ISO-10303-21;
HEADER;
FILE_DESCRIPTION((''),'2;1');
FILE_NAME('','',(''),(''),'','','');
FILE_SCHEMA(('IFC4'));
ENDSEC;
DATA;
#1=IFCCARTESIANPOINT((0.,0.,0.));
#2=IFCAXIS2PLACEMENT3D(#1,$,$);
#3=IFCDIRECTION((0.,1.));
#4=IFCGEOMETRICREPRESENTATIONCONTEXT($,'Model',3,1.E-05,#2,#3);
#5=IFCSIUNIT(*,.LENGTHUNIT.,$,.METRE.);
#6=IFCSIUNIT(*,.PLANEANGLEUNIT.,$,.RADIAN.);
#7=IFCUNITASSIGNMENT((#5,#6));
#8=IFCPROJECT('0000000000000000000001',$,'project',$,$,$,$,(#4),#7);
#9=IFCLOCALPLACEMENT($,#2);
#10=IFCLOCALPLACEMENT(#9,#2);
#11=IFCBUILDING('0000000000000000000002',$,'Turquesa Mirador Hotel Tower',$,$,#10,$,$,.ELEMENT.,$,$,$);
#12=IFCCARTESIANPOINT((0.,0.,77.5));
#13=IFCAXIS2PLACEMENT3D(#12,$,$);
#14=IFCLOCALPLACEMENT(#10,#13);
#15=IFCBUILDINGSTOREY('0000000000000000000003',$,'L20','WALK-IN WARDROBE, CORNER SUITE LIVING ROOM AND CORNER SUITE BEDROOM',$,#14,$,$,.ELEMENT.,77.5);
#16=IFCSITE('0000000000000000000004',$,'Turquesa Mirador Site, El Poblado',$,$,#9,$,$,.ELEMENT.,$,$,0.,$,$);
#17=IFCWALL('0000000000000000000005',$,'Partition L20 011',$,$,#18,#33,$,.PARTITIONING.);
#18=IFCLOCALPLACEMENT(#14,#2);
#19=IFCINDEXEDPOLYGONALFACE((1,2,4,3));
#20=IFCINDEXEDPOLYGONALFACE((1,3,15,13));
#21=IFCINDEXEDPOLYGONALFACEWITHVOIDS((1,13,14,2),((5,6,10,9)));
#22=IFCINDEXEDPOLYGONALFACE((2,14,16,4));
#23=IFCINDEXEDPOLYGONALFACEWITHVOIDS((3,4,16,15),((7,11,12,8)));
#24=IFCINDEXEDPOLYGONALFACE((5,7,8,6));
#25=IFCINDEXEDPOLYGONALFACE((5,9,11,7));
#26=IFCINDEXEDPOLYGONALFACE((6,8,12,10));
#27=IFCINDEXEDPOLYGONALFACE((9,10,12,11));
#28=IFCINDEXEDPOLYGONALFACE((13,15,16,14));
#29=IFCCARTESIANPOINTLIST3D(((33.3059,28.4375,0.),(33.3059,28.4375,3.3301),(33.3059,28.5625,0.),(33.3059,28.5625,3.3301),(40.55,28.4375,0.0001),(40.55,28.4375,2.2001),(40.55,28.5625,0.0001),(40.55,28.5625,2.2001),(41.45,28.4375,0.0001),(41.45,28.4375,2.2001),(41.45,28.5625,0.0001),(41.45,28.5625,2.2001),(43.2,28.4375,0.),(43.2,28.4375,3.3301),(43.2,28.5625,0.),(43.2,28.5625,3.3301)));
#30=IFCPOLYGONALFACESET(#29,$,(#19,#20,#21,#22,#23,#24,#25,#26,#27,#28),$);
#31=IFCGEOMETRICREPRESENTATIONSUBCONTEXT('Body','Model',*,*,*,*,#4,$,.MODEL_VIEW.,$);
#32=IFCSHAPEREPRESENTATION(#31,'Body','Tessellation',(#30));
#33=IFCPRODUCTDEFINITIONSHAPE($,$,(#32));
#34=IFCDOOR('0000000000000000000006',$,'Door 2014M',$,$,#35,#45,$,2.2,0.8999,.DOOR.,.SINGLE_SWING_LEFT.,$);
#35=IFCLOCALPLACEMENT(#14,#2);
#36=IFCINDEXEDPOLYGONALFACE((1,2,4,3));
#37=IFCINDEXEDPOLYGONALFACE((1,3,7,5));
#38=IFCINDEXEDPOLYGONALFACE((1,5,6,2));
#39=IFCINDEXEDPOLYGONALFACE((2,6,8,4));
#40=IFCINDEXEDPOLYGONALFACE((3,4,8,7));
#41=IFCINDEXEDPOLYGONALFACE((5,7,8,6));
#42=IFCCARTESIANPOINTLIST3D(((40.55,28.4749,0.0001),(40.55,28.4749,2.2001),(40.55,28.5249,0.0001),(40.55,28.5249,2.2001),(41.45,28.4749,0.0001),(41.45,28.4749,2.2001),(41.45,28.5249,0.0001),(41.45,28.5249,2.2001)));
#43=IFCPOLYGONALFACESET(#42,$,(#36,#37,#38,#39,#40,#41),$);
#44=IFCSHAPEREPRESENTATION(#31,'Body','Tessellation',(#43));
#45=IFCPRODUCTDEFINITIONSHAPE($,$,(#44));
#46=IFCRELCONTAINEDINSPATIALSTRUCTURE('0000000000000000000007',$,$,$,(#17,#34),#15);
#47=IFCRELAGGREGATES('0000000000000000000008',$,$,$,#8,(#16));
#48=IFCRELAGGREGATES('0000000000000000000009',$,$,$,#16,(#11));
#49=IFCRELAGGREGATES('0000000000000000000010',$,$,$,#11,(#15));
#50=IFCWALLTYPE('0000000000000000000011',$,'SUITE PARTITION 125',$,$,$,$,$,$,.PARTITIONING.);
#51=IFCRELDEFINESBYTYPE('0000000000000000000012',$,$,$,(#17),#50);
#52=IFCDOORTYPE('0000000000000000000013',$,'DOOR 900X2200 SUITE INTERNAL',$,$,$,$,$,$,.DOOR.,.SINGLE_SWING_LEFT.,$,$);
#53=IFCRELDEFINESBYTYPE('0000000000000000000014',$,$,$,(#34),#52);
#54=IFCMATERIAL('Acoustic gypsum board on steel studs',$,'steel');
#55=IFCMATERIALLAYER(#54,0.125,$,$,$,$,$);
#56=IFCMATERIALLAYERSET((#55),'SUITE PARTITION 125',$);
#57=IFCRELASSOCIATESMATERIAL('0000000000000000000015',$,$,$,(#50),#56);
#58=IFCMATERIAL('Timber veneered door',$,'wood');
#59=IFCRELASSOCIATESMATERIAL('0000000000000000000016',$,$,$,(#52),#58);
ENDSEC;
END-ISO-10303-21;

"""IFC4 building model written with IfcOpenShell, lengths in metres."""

from ifc_helpers import new_model, si_unit, direction, frame, frame_2d, origin, place, context, subcontext, project, spatial, rectangle, extrude, material, layer, layer_set, type_object, element, fill, save


model = new_model("IFC4")

# Units and contexts
model_context = context("Model", 3, precision=1e-05, world=origin(), true_north=direction((0.0, 1.0)))
body_context = subcontext(model_context, "Body", "Model", "MODEL_VIEW")
ifc_project = project(units=[si_unit("LENGTHUNIT", "METRE"), si_unit("PLANEANGLEUNIT", "RADIAN")], contexts=[model_context])

# Site, building, storey
site_placement = place(None, origin())
site = spatial("IfcSite", under=ifc_project, at=site_placement, Name="Turquesa Mirador Site, El Poblado", CompositionType="ELEMENT", RefElevation=0.0)
building_placement = place(site_placement, origin())
building = spatial("IfcBuilding", under=site, at=building_placement, Name="Turquesa Mirador Hotel Tower", CompositionType="ELEMENT")
storey_placement = place(building_placement, frame((0.0, 0.0, 77.5)))
storey = spatial("IfcBuildingStorey", under=building, at=storey_placement, Name="L20", Description="WALK-IN WARDROBE, CORNER SUITE LIVING ROOM AND CORNER SUITE BEDROOM", CompositionType="ELEMENT", Elevation=77.5)

# Wall, opening, door
ifc_material_1 = material(Name="Acoustic gypsum board on steel studs", Category="steel")
ifc_layer_1 = layer(ifc_material_1, 0.125)
ifc_layer_set_1 = layer_set([ifc_layer_1], Name="SUITE PARTITION 125")
wall_type_1 = type_object("IfcWallType", Name="SUITE PARTITION 125", PredefinedType="PARTITIONING", material=ifc_layer_set_1)
wall_1_placement = place(storey_placement, frame((33.3059, 28.5, 0.0), z_axis=(0.0, 0.0, 1.0), x_axis=(1.0, 0.0, 0.0)))
wall_1 = element("IfcWall", 1, at=wall_1_placement, inside=storey, type_object=wall_type_1, Name="Partition L20 011", PredefinedType="PARTITIONING", context=body_context, shape_type="SweptSolid", body=[
    extrude(rectangle(XDim=9.894, YDim=0.125, at=frame_2d((4.947, 0.0))), origin(), (0.0, 0.0, 1.0), 3.3301),
])
opening_1_placement = place(wall_1_placement, frame((7.2441, 0.0, 0.0)))
opening_1 = element("IfcOpeningElement", 2, at=opening_1_placement, cuts=wall_1, PredefinedType="OPENING", context=body_context, shape_type="SweptSolid", body=[
    extrude(rectangle(XDim=0.8999, YDim=2.2, at=frame_2d((0.45, 1.1001))), frame((0.0, 0.0725, 0.0), z_axis=(0.0, -1.0, 0.0), x_axis=(1.0, 0.0, 0.0)), (0.0, 0.0, 1.0), 0.145),
])
ifc_material_2 = material(Name="Timber veneered door", Category="wood")
door_type = type_object("IfcDoorType", Name="DOOR 900X2200 SUITE INTERNAL", OperationType="SINGLE_SWING_LEFT", PredefinedType="DOOR", material=ifc_material_2)
door_placement = place(opening_1_placement, origin())
door = element("IfcDoor", 3, at=door_placement, inside=storey, type_object=door_type, Name="Door 2014M", OperationType="SINGLE_SWING_LEFT", OverallHeight=2.2, OverallWidth=0.8999, PredefinedType="DOOR", context=body_context, shape_type="SweptSolid", body=[
    extrude(rectangle(XDim=0.8999, YDim=2.2, at=frame_2d((0.45, 1.1001))), frame((0.0, 0.0249, 0.0), z_axis=(0.0, -1.0, 0.0), x_axis=(1.0, 0.0, 0.0)), (0.0, 0.0, 1.0), 0.05),
])
fill(opening_1, door)

save(model, "model.ifc")
